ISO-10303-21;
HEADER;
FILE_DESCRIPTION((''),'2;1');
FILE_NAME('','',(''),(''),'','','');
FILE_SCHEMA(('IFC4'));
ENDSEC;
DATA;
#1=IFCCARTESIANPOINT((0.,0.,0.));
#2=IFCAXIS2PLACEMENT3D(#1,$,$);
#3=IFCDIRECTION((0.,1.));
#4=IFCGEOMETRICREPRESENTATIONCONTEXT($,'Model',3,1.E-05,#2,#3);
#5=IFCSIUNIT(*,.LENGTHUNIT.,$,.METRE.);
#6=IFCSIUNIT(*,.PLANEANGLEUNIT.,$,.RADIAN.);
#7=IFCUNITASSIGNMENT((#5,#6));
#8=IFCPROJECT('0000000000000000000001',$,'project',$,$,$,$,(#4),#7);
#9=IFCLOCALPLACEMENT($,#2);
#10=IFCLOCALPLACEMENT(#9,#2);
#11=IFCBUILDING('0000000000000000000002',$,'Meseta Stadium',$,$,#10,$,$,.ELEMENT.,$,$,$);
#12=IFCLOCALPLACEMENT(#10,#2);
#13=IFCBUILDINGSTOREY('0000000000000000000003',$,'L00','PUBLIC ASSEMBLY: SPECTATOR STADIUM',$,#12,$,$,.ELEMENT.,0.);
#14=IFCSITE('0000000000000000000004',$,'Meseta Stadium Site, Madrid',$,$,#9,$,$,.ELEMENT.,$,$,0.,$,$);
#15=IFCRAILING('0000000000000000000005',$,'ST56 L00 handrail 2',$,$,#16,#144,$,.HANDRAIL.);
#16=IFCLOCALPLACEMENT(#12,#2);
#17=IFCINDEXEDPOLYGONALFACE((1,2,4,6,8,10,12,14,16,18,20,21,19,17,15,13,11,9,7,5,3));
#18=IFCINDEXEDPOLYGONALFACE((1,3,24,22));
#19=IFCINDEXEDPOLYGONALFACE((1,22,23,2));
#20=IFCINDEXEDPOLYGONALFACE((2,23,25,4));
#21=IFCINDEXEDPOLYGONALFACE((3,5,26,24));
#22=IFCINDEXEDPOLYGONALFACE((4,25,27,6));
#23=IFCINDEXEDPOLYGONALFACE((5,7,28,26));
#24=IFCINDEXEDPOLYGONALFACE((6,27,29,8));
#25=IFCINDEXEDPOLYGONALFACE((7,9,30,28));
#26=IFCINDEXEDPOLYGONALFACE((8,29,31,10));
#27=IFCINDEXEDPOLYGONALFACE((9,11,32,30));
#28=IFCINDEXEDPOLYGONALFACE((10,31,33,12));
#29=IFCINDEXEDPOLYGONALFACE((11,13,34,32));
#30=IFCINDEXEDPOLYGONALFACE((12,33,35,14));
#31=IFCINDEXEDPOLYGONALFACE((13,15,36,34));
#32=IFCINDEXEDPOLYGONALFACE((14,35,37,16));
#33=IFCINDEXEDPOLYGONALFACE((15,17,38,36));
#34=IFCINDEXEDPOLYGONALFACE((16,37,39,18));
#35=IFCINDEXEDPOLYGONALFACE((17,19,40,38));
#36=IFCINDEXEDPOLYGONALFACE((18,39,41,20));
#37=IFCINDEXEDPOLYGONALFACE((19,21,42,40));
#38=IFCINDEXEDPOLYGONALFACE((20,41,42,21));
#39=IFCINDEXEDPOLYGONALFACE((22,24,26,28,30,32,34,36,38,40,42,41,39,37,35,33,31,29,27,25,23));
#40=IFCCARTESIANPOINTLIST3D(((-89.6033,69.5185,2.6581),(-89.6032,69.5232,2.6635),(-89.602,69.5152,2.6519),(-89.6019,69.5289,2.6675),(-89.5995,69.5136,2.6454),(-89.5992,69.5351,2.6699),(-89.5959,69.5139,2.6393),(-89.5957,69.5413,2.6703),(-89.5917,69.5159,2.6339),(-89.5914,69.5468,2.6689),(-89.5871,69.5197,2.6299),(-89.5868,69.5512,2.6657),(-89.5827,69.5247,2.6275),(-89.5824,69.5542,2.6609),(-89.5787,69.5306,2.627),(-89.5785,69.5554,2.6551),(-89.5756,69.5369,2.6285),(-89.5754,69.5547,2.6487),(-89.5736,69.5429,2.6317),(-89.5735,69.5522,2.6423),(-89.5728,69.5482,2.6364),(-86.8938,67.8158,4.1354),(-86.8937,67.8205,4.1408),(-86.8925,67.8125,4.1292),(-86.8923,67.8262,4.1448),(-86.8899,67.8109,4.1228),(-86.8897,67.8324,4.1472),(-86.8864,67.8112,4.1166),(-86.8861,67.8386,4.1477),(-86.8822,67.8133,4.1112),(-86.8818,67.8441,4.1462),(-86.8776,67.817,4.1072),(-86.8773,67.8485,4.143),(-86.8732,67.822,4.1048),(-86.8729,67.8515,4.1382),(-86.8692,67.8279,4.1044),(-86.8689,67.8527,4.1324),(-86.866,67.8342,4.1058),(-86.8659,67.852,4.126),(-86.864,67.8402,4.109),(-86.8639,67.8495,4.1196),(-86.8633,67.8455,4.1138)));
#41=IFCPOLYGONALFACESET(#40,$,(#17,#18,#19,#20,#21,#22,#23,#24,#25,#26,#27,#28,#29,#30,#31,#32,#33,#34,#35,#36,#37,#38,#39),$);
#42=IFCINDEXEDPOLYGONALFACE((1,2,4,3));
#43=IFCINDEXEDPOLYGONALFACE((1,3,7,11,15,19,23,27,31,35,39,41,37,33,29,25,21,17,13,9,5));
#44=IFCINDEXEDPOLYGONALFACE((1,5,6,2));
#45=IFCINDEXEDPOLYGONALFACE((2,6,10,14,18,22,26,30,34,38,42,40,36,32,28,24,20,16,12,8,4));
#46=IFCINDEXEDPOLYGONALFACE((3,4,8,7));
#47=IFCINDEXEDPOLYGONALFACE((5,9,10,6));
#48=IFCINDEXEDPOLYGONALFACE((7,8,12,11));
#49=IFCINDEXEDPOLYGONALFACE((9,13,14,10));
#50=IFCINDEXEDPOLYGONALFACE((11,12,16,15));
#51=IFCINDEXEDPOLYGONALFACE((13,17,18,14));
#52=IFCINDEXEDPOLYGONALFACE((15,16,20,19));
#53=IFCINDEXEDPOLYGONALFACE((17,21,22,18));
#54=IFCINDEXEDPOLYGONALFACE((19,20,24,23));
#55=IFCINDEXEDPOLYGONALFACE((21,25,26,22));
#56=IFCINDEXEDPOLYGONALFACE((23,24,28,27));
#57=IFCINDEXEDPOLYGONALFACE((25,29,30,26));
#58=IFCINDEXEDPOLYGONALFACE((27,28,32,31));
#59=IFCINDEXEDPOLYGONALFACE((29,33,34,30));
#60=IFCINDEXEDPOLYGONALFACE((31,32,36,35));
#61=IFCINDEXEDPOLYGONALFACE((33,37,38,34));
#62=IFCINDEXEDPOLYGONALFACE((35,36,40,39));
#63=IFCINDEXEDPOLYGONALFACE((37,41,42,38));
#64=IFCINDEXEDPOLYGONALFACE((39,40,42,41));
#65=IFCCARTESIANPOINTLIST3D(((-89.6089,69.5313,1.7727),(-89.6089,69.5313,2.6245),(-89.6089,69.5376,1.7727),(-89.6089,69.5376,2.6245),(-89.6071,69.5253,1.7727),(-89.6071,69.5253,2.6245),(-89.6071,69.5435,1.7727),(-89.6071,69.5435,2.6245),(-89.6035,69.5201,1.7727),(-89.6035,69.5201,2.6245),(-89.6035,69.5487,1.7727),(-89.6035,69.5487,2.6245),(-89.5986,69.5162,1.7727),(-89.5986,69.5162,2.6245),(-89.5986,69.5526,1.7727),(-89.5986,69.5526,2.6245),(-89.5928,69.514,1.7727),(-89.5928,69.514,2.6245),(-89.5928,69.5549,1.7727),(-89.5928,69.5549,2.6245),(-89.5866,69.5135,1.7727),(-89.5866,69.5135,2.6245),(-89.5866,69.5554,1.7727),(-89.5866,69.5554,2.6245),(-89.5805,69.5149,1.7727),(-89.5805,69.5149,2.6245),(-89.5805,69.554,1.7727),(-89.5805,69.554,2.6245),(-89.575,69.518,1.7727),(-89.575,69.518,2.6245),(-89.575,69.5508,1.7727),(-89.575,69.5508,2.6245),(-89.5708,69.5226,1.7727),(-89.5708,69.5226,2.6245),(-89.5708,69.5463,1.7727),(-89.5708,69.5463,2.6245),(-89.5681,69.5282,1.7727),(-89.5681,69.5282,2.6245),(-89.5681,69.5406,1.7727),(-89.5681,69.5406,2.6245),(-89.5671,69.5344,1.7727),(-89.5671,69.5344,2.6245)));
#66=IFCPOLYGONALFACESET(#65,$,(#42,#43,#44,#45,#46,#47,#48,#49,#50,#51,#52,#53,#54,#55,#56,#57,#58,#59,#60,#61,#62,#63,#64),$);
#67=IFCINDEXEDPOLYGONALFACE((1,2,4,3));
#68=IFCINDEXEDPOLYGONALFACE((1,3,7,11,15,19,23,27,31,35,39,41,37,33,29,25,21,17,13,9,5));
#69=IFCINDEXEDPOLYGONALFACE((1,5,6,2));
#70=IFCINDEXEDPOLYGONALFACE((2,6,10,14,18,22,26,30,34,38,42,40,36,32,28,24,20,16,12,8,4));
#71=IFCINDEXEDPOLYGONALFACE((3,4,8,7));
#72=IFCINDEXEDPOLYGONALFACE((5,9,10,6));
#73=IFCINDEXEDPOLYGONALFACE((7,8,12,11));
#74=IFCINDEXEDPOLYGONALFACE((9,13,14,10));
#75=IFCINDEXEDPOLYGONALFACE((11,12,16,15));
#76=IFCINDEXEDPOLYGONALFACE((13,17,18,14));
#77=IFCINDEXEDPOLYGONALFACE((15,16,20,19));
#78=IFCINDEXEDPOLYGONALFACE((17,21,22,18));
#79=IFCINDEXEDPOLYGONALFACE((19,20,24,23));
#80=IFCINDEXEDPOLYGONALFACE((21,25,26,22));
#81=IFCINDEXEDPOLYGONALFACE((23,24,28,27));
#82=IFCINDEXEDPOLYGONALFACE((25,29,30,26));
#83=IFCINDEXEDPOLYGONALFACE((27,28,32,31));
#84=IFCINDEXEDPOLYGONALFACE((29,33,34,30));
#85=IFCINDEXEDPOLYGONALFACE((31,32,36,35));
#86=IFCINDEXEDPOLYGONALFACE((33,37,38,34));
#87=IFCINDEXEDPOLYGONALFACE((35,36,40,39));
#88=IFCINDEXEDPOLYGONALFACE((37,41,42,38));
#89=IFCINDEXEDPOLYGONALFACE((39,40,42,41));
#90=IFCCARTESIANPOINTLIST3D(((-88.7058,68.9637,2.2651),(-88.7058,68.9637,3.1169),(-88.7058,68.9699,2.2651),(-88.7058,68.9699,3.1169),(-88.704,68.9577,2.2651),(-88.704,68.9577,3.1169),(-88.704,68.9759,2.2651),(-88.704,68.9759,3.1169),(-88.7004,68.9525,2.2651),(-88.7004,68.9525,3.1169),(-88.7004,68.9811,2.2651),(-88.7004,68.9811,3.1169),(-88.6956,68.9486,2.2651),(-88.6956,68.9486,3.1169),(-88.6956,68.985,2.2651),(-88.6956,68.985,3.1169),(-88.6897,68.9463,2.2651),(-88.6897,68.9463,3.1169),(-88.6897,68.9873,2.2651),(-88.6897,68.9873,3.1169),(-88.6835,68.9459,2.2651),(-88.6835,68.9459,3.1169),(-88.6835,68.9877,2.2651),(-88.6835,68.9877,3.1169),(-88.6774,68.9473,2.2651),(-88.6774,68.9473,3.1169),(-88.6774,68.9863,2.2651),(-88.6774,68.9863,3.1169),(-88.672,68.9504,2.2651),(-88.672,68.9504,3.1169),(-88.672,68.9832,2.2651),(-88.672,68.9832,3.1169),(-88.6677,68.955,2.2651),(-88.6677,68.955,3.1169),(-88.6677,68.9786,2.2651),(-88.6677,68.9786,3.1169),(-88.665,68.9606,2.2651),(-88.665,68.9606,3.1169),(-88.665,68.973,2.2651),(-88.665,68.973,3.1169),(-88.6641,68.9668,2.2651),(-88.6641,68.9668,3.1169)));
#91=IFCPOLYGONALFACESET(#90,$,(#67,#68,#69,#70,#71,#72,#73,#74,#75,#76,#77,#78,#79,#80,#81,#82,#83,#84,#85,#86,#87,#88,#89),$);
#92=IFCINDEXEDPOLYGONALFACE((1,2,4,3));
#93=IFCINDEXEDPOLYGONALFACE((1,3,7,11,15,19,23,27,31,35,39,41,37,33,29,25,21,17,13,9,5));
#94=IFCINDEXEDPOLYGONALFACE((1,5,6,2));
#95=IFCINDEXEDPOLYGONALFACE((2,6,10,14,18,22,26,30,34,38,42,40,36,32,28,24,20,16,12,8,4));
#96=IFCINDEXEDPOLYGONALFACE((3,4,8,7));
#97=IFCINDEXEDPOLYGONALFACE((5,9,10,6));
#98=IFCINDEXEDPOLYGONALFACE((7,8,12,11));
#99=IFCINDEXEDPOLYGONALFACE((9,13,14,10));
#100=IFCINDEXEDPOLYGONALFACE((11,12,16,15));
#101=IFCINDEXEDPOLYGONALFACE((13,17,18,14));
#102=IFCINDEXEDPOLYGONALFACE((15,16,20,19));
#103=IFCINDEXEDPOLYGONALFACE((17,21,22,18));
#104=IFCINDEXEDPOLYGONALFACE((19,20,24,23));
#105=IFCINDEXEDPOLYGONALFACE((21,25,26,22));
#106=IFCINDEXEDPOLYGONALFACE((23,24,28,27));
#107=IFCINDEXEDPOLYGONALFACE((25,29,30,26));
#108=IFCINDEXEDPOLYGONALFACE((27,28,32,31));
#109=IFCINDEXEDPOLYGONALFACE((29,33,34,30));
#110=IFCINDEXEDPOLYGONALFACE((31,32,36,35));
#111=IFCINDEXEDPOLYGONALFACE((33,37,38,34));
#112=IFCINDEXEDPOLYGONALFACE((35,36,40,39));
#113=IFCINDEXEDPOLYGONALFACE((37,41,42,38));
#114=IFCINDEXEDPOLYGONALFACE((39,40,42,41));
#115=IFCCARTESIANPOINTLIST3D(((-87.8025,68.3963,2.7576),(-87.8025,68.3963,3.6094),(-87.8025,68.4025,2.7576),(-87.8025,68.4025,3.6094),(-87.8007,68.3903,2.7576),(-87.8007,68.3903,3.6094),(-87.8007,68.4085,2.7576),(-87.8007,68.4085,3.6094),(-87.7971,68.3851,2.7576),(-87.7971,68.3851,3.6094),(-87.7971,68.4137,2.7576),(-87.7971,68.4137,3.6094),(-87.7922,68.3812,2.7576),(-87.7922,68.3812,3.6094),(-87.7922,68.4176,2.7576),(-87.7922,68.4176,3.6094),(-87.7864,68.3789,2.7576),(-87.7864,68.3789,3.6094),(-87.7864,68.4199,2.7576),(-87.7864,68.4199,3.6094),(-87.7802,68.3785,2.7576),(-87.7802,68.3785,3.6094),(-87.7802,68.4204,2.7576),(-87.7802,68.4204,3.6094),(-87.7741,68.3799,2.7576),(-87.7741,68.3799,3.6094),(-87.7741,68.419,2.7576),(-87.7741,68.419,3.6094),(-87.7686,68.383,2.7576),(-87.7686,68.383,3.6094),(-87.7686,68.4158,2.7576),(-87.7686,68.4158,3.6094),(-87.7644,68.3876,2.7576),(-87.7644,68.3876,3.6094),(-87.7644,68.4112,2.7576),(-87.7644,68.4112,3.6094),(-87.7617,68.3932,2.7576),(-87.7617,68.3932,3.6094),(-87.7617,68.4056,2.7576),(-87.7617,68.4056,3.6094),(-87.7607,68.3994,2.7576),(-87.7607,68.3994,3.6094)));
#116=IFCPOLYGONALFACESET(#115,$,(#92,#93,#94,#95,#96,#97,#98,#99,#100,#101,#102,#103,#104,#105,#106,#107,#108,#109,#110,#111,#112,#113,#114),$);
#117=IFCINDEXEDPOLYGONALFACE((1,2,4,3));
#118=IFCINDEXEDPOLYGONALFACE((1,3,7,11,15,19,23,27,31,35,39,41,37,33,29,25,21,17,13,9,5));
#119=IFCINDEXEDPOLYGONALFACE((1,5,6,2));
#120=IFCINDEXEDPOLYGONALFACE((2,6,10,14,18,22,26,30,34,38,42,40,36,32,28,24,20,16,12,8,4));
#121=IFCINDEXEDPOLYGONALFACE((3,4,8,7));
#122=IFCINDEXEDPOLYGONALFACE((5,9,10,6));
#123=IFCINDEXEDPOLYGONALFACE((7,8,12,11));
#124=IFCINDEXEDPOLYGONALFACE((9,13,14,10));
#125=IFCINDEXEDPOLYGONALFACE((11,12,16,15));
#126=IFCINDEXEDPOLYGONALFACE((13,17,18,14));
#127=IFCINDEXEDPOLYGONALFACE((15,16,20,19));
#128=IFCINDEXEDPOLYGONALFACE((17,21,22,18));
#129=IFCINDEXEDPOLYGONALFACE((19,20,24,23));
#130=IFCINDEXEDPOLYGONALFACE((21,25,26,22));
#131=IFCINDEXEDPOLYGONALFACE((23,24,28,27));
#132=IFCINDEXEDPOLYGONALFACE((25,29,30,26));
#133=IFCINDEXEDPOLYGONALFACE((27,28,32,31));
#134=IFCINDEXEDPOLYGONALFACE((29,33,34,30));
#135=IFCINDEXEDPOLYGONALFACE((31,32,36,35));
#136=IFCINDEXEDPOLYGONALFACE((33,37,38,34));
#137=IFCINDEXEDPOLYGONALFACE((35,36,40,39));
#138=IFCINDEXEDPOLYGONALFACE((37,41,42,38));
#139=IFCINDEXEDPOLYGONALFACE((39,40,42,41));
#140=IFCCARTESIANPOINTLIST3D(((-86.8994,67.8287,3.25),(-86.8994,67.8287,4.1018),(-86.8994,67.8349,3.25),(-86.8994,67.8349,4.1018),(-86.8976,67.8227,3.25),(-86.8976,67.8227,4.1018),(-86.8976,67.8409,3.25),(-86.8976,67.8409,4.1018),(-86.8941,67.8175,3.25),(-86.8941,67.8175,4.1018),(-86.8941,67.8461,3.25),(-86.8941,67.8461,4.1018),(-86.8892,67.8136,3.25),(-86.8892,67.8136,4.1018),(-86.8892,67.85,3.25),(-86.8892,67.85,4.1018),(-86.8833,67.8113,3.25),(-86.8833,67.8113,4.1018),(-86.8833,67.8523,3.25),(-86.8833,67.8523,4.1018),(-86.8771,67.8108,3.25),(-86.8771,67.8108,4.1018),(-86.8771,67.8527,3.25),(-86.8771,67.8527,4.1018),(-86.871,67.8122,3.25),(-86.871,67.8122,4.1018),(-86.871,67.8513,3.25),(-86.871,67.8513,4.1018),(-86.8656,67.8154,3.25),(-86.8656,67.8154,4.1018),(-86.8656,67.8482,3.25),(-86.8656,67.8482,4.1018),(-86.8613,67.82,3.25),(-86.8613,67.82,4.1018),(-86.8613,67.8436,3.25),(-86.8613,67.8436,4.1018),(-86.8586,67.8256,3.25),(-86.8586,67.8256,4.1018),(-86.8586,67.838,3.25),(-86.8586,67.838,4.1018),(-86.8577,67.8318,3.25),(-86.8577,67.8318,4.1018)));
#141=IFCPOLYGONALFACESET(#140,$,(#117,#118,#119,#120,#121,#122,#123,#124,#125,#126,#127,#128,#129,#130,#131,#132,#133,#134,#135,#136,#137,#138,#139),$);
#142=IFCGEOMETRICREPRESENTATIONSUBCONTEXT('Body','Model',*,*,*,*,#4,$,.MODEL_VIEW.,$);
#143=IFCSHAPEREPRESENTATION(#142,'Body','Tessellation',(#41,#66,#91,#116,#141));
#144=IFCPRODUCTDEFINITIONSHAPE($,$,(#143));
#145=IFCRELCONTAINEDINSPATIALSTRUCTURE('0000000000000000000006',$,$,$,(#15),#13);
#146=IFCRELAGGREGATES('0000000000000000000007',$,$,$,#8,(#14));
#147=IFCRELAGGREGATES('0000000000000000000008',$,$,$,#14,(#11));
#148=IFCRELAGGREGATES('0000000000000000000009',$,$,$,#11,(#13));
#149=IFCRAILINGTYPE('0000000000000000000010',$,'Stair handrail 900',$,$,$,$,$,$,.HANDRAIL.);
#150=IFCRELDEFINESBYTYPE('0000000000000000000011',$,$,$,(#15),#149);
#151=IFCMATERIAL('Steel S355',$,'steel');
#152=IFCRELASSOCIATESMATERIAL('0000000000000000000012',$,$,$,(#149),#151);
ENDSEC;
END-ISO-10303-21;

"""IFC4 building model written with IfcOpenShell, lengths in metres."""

from ifc_helpers import new_model, si_unit, direction, frame, origin, origin_2d, place, context, subcontext, project, spatial, circle, extrude, material, type_object, element, save


model = new_model("IFC4")

# Units and contexts
model_context = context("Model", 3, precision=1e-05, world=origin(), true_north=direction((0.0, 1.0)))
body_context = subcontext(model_context, "Body", "Model", "MODEL_VIEW")
ifc_project = project(units=[si_unit("LENGTHUNIT", "METRE"), si_unit("PLANEANGLEUNIT", "RADIAN")], contexts=[model_context])

# Site, building, storey
site_placement = place(None, origin())
site = spatial("IfcSite", under=ifc_project, at=site_placement, Name="Meseta Stadium Site, Madrid", CompositionType="ELEMENT", RefElevation=0.0)
building_placement = place(site_placement, origin())
building = spatial("IfcBuilding", under=site, at=building_placement, Name="Meseta Stadium", CompositionType="ELEMENT")
storey_placement = place(building_placement, origin())
storey = spatial("IfcBuildingStorey", under=building, at=storey_placement, Name="L00", Description="PUBLIC ASSEMBLY: SPECTATOR STADIUM", CompositionType="ELEMENT", Elevation=0.0)

# Railing
ifc_material_1 = material(Name="Steel S355", Category="steel")
railing_type_1 = type_object("IfcRailingType", Name="Stair handrail 900", PredefinedType="HANDRAIL", material=ifc_material_1)
railing_1_placement = place(storey_placement, frame((-89.5881, 69.5344, 1.7727)))
element("IfcRailing", 1, at=railing_1_placement, inside=storey, type_object=railing_type_1, Name="ST56 L00 handrail 2", PredefinedType="HANDRAIL", context=body_context, shape_type="SweptSolid", body=[
    extrude(circle(Radius=0.0239, at=origin_2d()), frame((0.0, 0.0, 0.876), z_axis=(0.768738, -0.483076, 0.419142), x_axis=(0.532068, 0.846701, 0.0)), (0.0, 0.0, 1.0), 3.5247),
    extrude(circle(Radius=0.021, at=origin_2d()), origin(), (0.0, 0.0, 1.0), 0.8518),
    extrude(circle(Radius=0.021, at=origin_2d()), frame((0.9031, -0.5676, 0.4924)), (0.0, 0.0, 1.0), 0.8518),
    extrude(circle(Radius=0.021, at=origin_2d()), frame((1.8064, -1.135, 0.9849)), (0.0, 0.0, 1.0), 0.8518),
    extrude(circle(Radius=0.021, at=origin_2d()), frame((2.7095, -1.7026, 1.4773)), (0.0, 0.0, 1.0), 0.8518),
])

save(model, "model.ifc")
